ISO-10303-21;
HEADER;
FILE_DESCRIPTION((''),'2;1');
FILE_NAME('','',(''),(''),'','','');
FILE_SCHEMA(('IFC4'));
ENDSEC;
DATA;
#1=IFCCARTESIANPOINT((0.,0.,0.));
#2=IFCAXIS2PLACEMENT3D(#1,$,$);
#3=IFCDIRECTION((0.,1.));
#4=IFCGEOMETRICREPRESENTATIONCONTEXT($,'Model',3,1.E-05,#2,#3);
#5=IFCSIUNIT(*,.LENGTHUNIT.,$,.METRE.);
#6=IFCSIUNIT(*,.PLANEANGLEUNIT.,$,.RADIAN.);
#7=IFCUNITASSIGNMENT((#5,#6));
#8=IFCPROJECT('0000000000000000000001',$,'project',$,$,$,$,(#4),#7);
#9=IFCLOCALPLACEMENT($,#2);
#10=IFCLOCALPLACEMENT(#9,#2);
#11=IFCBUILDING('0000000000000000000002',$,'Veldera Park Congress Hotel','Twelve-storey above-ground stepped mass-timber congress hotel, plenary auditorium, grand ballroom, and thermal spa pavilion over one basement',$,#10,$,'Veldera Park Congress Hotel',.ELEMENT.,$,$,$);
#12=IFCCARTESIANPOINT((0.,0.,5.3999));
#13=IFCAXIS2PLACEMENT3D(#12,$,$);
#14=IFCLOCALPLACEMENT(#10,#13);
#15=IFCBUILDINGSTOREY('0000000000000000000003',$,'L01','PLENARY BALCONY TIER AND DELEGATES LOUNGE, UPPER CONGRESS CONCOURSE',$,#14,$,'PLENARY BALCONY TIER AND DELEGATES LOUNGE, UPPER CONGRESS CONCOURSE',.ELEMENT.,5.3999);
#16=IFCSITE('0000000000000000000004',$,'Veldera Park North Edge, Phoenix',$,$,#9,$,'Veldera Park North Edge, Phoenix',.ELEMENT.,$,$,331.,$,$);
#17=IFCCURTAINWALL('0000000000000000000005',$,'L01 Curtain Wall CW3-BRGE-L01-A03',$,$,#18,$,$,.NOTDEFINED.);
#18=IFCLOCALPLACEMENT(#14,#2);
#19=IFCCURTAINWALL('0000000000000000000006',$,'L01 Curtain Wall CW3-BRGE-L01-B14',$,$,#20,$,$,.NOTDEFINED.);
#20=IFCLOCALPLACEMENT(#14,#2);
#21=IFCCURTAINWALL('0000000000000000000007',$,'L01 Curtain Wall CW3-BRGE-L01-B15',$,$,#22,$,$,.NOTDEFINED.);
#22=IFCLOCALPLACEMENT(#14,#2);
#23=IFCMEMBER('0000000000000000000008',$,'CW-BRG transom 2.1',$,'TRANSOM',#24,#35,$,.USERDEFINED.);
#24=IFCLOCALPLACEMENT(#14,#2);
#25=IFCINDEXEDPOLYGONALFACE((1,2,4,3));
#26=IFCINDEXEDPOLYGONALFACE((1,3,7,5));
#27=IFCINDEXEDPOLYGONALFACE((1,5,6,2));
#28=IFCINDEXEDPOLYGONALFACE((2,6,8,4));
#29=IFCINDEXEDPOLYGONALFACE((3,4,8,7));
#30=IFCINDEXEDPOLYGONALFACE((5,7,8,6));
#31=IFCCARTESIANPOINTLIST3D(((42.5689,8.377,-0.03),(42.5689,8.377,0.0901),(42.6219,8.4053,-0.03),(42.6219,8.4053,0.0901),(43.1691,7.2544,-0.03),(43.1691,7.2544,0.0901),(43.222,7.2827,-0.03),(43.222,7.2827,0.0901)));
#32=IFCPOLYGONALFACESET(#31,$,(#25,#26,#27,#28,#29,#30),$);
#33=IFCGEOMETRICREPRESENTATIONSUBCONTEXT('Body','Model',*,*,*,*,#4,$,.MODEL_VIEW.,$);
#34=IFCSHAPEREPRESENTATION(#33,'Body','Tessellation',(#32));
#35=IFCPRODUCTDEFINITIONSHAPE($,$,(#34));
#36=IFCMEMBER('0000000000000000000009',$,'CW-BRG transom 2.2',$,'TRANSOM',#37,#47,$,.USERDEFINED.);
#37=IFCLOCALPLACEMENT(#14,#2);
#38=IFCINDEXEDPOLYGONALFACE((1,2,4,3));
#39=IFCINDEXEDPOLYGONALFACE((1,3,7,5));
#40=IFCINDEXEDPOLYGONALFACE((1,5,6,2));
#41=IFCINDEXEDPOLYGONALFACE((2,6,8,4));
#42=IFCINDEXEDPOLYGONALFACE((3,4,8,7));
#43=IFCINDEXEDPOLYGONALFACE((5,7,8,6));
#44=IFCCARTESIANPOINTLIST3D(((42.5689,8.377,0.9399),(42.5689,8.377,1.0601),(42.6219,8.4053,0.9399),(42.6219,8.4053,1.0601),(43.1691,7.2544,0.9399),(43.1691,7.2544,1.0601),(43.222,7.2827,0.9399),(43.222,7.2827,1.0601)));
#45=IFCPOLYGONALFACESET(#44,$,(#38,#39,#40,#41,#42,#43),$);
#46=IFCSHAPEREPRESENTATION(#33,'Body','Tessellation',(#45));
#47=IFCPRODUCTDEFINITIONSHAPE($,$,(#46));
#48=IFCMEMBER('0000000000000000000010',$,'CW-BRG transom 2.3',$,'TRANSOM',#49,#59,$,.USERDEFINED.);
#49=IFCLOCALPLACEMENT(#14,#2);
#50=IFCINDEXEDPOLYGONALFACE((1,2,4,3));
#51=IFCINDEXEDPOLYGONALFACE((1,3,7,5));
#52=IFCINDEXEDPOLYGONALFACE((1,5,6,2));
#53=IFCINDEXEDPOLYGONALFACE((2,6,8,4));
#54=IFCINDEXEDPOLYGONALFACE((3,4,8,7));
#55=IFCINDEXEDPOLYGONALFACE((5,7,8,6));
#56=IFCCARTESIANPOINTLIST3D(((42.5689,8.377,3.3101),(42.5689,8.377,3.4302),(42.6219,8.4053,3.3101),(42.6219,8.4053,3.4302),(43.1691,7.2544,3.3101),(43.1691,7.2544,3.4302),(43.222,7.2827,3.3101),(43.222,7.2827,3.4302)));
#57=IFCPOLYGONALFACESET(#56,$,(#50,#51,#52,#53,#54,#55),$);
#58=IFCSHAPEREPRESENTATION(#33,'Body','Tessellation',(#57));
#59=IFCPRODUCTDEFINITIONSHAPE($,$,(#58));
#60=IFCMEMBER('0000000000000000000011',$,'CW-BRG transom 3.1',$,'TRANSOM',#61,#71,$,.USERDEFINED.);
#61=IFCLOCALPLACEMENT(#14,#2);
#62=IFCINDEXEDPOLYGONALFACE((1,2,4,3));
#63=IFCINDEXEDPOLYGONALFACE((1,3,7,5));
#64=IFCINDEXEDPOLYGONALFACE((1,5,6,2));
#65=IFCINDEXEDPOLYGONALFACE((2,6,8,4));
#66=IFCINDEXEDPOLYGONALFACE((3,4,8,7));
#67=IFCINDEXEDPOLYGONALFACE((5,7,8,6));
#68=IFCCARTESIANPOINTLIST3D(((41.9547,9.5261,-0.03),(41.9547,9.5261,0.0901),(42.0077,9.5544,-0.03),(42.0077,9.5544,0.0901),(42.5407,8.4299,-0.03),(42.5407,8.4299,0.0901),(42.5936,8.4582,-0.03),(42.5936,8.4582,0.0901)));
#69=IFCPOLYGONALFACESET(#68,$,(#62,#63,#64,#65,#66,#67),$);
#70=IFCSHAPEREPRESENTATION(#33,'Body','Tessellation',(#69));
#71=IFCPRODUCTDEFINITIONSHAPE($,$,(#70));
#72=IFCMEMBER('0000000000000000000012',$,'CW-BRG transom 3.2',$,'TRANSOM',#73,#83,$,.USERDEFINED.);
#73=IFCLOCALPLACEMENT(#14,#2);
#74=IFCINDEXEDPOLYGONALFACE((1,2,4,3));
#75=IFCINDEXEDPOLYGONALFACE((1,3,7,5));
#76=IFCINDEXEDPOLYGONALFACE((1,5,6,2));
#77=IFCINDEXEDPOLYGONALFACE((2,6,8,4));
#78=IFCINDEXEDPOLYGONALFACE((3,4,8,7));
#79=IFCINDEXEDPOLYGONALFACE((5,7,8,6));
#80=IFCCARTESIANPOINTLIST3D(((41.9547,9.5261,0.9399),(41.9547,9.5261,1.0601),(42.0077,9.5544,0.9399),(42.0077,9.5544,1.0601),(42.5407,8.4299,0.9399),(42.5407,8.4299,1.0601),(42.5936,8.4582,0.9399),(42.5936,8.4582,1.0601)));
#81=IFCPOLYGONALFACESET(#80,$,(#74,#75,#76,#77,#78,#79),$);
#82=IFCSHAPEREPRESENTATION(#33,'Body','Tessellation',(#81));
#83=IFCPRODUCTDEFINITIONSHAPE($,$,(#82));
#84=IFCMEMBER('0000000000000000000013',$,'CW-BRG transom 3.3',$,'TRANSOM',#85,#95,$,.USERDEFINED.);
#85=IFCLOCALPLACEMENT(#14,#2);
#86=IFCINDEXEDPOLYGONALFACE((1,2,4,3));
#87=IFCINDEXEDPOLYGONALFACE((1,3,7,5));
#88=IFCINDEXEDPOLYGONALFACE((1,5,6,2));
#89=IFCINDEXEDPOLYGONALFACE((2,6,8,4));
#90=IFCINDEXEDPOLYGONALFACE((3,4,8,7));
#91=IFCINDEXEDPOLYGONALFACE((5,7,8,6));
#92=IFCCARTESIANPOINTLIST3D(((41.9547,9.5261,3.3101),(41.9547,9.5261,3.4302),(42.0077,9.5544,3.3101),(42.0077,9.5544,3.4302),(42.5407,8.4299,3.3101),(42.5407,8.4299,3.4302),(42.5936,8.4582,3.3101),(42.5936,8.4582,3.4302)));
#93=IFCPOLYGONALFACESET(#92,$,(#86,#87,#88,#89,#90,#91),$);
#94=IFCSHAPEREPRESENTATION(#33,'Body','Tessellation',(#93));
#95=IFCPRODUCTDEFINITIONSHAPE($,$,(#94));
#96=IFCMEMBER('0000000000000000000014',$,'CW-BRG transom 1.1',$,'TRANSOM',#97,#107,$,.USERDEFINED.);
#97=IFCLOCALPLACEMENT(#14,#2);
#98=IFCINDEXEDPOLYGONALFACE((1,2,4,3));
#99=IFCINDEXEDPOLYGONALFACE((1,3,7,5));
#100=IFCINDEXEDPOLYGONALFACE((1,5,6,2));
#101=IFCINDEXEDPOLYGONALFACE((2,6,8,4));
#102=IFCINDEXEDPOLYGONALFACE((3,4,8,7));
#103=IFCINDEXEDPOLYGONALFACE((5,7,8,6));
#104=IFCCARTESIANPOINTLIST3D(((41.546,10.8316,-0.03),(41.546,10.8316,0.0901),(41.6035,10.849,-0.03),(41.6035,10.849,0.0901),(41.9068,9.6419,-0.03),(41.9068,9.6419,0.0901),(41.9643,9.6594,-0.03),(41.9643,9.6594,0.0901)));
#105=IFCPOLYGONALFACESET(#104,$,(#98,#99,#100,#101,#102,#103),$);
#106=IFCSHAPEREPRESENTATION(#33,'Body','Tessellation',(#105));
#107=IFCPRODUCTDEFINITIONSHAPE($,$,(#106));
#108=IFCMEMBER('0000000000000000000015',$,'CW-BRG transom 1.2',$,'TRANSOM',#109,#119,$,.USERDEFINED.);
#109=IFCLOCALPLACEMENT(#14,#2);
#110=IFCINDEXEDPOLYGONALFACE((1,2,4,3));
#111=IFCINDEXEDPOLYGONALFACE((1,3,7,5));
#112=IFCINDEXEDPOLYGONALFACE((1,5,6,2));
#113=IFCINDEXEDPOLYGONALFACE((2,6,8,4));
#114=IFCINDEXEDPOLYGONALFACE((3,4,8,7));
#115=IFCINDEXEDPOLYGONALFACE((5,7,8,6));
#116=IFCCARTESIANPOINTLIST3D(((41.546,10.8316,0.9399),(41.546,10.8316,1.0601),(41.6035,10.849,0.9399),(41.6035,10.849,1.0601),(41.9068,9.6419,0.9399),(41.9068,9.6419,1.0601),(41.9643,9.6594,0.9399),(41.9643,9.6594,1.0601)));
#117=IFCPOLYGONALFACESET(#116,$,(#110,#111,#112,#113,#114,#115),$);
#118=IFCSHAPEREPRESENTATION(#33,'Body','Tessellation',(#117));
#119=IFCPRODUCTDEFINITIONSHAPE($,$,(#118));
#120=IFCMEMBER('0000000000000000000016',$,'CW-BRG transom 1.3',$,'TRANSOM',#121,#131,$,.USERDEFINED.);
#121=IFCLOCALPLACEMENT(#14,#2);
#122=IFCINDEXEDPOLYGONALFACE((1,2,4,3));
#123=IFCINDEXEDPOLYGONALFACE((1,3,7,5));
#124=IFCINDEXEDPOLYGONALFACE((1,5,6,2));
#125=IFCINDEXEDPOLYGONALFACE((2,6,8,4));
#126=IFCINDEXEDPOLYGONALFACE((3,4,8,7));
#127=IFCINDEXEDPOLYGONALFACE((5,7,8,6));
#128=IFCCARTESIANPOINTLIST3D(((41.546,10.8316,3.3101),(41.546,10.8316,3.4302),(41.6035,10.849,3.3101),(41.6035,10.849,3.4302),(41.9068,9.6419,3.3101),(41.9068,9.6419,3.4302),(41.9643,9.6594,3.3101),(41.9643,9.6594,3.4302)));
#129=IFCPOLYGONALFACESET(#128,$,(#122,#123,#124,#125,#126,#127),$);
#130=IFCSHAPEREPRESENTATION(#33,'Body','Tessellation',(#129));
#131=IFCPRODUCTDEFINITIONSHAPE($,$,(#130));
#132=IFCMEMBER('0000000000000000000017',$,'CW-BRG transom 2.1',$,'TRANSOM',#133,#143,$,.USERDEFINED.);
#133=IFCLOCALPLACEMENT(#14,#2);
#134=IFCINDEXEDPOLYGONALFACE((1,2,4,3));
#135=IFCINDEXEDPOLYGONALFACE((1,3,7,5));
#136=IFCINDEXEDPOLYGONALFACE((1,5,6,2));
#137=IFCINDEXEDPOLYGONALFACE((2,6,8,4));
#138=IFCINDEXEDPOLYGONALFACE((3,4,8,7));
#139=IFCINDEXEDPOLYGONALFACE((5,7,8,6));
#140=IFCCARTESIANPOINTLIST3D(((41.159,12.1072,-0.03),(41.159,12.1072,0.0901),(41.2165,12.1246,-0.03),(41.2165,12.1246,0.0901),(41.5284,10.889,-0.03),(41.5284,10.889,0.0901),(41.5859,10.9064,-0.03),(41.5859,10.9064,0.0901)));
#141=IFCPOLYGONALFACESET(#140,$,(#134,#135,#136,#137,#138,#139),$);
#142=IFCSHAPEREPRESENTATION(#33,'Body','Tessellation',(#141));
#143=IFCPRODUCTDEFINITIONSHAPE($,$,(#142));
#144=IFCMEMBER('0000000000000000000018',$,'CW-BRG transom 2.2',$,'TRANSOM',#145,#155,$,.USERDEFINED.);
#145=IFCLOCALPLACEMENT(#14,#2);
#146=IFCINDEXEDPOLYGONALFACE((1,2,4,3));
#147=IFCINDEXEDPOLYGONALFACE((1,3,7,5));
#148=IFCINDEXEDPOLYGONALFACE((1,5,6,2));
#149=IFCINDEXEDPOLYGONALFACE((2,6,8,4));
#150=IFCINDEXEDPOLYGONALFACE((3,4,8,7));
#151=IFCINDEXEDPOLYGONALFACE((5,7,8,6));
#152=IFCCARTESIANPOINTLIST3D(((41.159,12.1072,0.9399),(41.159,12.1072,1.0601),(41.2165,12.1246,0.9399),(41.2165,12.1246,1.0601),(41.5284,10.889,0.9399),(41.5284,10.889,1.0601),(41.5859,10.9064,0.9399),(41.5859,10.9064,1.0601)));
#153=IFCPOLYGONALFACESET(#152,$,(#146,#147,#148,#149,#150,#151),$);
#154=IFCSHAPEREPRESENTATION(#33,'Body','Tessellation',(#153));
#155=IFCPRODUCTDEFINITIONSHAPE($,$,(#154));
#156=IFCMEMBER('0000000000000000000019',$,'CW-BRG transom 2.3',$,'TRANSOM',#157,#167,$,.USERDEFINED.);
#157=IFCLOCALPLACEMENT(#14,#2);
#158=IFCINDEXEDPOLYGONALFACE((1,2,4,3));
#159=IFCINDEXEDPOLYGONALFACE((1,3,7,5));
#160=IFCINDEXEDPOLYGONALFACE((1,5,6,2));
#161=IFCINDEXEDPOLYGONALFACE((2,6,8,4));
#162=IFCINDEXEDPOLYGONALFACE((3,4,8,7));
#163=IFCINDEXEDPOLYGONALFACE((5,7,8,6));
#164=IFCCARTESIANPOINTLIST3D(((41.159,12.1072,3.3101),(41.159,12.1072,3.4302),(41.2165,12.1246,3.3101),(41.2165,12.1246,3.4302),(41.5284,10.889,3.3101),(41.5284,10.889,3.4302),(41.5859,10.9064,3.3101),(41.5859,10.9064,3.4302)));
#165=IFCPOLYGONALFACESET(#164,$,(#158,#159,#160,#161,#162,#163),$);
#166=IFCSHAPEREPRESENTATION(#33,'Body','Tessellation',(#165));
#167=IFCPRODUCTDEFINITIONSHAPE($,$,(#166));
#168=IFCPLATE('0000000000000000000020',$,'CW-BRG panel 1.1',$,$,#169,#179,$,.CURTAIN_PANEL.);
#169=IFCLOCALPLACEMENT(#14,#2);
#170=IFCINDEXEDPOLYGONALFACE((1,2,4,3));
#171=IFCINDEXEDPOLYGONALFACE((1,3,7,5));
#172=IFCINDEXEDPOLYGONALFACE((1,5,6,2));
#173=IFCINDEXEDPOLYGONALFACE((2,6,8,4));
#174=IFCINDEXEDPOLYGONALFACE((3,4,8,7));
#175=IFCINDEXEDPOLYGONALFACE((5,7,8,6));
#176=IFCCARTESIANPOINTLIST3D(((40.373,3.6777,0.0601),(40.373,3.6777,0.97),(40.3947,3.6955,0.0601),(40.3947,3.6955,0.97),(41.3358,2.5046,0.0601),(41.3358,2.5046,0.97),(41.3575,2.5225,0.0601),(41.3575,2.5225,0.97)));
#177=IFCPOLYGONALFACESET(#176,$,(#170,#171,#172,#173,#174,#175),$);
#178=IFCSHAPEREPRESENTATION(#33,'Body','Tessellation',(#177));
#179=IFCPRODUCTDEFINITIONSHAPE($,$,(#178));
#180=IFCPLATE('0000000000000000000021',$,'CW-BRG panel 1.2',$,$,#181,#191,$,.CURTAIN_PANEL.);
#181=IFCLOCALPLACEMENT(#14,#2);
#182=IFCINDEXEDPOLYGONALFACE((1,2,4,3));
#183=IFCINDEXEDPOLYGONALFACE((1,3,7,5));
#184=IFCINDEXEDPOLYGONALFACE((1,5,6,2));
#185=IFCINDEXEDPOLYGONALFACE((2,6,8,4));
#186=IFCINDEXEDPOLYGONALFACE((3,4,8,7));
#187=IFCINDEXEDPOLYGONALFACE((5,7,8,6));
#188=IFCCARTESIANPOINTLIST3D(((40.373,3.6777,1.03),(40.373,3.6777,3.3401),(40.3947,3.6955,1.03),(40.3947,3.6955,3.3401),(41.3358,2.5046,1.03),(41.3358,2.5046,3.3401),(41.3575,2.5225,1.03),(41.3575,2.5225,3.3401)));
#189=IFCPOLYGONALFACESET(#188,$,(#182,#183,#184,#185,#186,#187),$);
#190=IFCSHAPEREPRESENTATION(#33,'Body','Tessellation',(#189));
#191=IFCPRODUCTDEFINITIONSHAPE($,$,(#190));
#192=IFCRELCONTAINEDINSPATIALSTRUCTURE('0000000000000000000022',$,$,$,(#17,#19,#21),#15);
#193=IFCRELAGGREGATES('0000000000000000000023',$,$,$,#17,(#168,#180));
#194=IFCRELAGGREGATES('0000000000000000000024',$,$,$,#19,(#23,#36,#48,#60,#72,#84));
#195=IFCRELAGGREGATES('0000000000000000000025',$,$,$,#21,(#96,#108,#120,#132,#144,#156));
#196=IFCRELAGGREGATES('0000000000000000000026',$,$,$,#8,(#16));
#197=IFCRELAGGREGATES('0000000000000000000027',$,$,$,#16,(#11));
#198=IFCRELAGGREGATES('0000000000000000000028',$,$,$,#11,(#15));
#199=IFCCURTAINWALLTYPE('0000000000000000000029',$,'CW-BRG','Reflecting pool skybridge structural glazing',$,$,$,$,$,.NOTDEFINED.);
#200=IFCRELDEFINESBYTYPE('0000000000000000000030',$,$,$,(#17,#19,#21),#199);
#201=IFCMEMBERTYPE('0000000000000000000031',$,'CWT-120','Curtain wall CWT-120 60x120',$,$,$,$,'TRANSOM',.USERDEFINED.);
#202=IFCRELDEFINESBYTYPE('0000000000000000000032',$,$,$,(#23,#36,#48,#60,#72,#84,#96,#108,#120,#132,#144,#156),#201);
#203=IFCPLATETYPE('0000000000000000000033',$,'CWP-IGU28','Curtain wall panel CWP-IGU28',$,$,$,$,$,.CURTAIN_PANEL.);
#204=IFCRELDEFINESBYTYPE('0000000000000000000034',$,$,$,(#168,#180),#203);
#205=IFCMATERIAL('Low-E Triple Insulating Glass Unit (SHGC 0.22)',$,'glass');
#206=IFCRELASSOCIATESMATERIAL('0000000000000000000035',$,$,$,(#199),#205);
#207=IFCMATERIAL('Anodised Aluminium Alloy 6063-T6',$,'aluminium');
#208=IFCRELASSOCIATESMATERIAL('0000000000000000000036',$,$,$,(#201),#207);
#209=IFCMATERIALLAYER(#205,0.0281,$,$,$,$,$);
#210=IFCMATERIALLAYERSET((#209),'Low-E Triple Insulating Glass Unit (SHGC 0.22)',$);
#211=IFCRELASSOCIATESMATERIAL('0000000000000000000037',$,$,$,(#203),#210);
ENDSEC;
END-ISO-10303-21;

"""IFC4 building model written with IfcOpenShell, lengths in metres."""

from ifc_helpers import new_model, si_unit, direction, frame, origin, origin_2d, place, context, subcontext, project, spatial, rectangle, extrude, material, layer, layer_set, material_profile, profile_set, type_object, element, aggregate, save


model = new_model("IFC4")

# Units and contexts
model_context = context("Model", 3, precision=1e-05, world=origin(), true_north=direction((0.0, 1.0)))
body_context = subcontext(model_context, "Body", "Model", "MODEL_VIEW")
ifc_project = project(units=[si_unit("LENGTHUNIT", "METRE"), si_unit("PLANEANGLEUNIT", "RADIAN")], contexts=[model_context])

# Site, building, storey
site_placement = place(None, origin())
site = spatial("IfcSite", under=ifc_project, at=site_placement, Name="Veldera Park North Edge, Phoenix", LongName="Veldera Park North Edge, Phoenix", CompositionType="ELEMENT", RefElevation=331.0)
building_placement = place(site_placement, origin())
building = spatial("IfcBuilding", under=site, at=building_placement, Name="Veldera Park Congress Hotel", Description="Twelve-storey above-ground stepped mass-timber congress hotel, plenary auditorium, grand ballroom, and thermal spa pavilion over one basement", LongName="Veldera Park Congress Hotel", CompositionType="ELEMENT")
storey_placement = place(building_placement, frame((0.0, 0.0, 5.3999)))
storey = spatial("IfcBuildingStorey", under=building, at=storey_placement, Name="L01", Description="PLENARY BALCONY TIER AND DELEGATES LOUNGE, UPPER CONGRESS CONCOURSE", LongName="PLENARY BALCONY TIER AND DELEGATES LOUNGE, UPPER CONGRESS CONCOURSE", CompositionType="ELEMENT", Elevation=5.3999)

# Curtain walls
ifc_material_1 = material(Name="Low-E Triple Insulating Glass Unit (SHGC 0.22)", Category="glass")
curtain_wall_type = type_object("IfcCurtainWallType", Name="CW-BRG", Description="Reflecting pool skybridge structural glazing", PredefinedType="NOTDEFINED", material=ifc_material_1)
curtain_wall_1_placement = place(storey_placement, origin())
curtain_wall_1 = element("IfcCurtainWall", 1, at=curtain_wall_1_placement, inside=storey, type_object=curtain_wall_type, Name="L01 Curtain Wall CW3-BRGE-L01-A03", PredefinedType="NOTDEFINED")
ifc_material_2 = material(Name="Anodised Aluminium Alloy 6063-T6", Category="aluminium")
curtain_wall_2_placement = place(storey_placement, origin())
curtain_wall_2 = element("IfcCurtainWall", 2, at=curtain_wall_2_placement, inside=storey, type_object=curtain_wall_type, Name="L01 Curtain Wall CW3-BRGE-L01-B14", PredefinedType="NOTDEFINED")
curtain_wall_3_placement = place(storey_placement, origin())
curtain_wall_3 = element("IfcCurtainWall", 3, at=curtain_wall_3_placement, inside=storey, type_object=curtain_wall_type, Name="L01 Curtain Wall CW3-BRGE-L01-B15", PredefinedType="NOTDEFINED")

# Members
ifc_material_profile_1 = material_profile(ifc_material_2, rectangle(XDim=0.0601, YDim=0.1201, at=origin_2d()), Name="ALU 60x120")
ifc_profile_set_1 = profile_set([ifc_material_profile_1], Name="Anodised Aluminium Alloy 6063-T6")
member_type_1 = type_object("IfcMemberType", Name="CWT-120", Description="Curtain wall CWT-120 60x120", ElementType="TRANSOM", PredefinedType="USERDEFINED", material=ifc_profile_set_1)
member_1_placement = place(storey_placement, frame((43.1956, 7.2686, 0.03), z_axis=(-0.471444, 0.881896, 0.0), x_axis=(-0.881896, -0.471444, 0.0)))
member_1 = element("IfcMember", 4, at=member_1_placement, type_object=member_type_1, Name="CW-BRG transom 2.1", ObjectType="TRANSOM", PredefinedType="USERDEFINED", context=body_context, shape_type="SweptSolid", body=[
    extrude(rectangle(XDim=0.0601, YDim=0.1201, at=origin_2d()), origin(), (0.0, 0.0, 1.0), 1.2729),
])
member_2_placement = place(storey_placement, frame((43.1956, 7.2686, 1.0), z_axis=(-0.471444, 0.881896, 0.0), x_axis=(-0.881896, -0.471444, 0.0)))
member_2 = element("IfcMember", 5, at=member_2_placement, type_object=member_type_1, Name="CW-BRG transom 2.2", ObjectType="TRANSOM", PredefinedType="USERDEFINED", context=body_context, shape_type="SweptSolid", body=[
    extrude(rectangle(XDim=0.0601, YDim=0.1201, at=origin_2d()), origin(), (0.0, 0.0, 1.0), 1.2729),
])
member_3_placement = place(storey_placement, frame((43.1956, 7.2686, 3.3701), z_axis=(-0.471444, 0.881896, 0.0), x_axis=(-0.881896, -0.471444, 0.0)))
member_3 = element("IfcMember", 6, at=member_3_placement, type_object=member_type_1, Name="CW-BRG transom 2.3", ObjectType="TRANSOM", PredefinedType="USERDEFINED", context=body_context, shape_type="SweptSolid", body=[
    extrude(rectangle(XDim=0.0601, YDim=0.1201, at=origin_2d()), origin(), (0.0, 0.0, 1.0), 1.2729),
])
member_4_placement = place(storey_placement, frame((42.5671, 8.4441, 0.03), z_axis=(-0.471404, 0.881918, 0.0), x_axis=(-0.881918, -0.471404, 0.0)))
member_4 = element("IfcMember", 7, at=member_4_placement, type_object=member_type_1, Name="CW-BRG transom 3.1", ObjectType="TRANSOM", PredefinedType="USERDEFINED", context=body_context, shape_type="SweptSolid", body=[
    extrude(rectangle(XDim=0.0601, YDim=0.1201, at=origin_2d()), origin(), (0.0, 0.0, 1.0), 1.2429),
])
member_5_placement = place(storey_placement, frame((42.5671, 8.4441, 1.0), z_axis=(-0.471404, 0.881918, 0.0), x_axis=(-0.881918, -0.471404, 0.0)))
member_5 = element("IfcMember", 8, at=member_5_placement, type_object=member_type_1, Name="CW-BRG transom 3.2", ObjectType="TRANSOM", PredefinedType="USERDEFINED", context=body_context, shape_type="SweptSolid", body=[
    extrude(rectangle(XDim=0.0601, YDim=0.1201, at=origin_2d()), origin(), (0.0, 0.0, 1.0), 1.2429),
])
member_6_placement = place(storey_placement, frame((42.5671, 8.4441, 3.3701), z_axis=(-0.471404, 0.881918, 0.0), x_axis=(-0.881918, -0.471404, 0.0)))
member_6 = element("IfcMember", 9, at=member_6_placement, type_object=member_type_1, Name="CW-BRG transom 3.3", ObjectType="TRANSOM", PredefinedType="USERDEFINED", context=body_context, shape_type="SweptSolid", body=[
    extrude(rectangle(XDim=0.0601, YDim=0.1201, at=origin_2d()), origin(), (0.0, 0.0, 1.0), 1.2429),
])
member_7_placement = place(storey_placement, frame((41.9355, 9.6506, 0.03), z_axis=(-0.290247, 0.956952, 0.0), x_axis=(-0.956952, -0.290247, 0.0)))
member_7 = element("IfcMember", 10, at=member_7_placement, type_object=member_type_1, Name="CW-BRG transom 1.1", ObjectType="TRANSOM", PredefinedType="USERDEFINED", context=body_context, shape_type="SweptSolid", body=[
    extrude(rectangle(XDim=0.0601, YDim=0.1201, at=origin_2d()), origin(), (0.0, 0.0, 1.0), 1.2432),
])
member_8_placement = place(storey_placement, frame((41.9355, 9.6506, 1.0), z_axis=(-0.290247, 0.956952, 0.0), x_axis=(-0.956952, -0.290247, 0.0)))
member_8 = element("IfcMember", 11, at=member_8_placement, type_object=member_type_1, Name="CW-BRG transom 1.2", ObjectType="TRANSOM", PredefinedType="USERDEFINED", context=body_context, shape_type="SweptSolid", body=[
    extrude(rectangle(XDim=0.0601, YDim=0.1201, at=origin_2d()), origin(), (0.0, 0.0, 1.0), 1.2432),
])
member_9_placement = place(storey_placement, frame((41.9355, 9.6506, 3.3701), z_axis=(-0.290247, 0.956952, 0.0), x_axis=(-0.956952, -0.290247, 0.0)))
member_9 = element("IfcMember", 12, at=member_9_placement, type_object=member_type_1, Name="CW-BRG transom 1.3", ObjectType="TRANSOM", PredefinedType="USERDEFINED", context=body_context, shape_type="SweptSolid", body=[
    extrude(rectangle(XDim=0.0601, YDim=0.1201, at=origin_2d()), origin(), (0.0, 0.0, 1.0), 1.2432),
])
member_10_placement = place(storey_placement, frame((41.5571, 10.8977, 0.03), z_axis=(-0.290162, 0.956978, 0.0), x_axis=(-0.956978, -0.290162, 0.0)))
member_10 = element("IfcMember", 13, at=member_10_placement, type_object=member_type_1, Name="CW-BRG transom 2.1", ObjectType="TRANSOM", PredefinedType="USERDEFINED", context=body_context, shape_type="SweptSolid", body=[
    extrude(rectangle(XDim=0.0601, YDim=0.1201, at=origin_2d()), origin(), (0.0, 0.0, 1.0), 1.2729),
])
member_11_placement = place(storey_placement, frame((41.5571, 10.8977, 1.0), z_axis=(-0.290162, 0.956978, 0.0), x_axis=(-0.956978, -0.290162, 0.0)))
member_11 = element("IfcMember", 14, at=member_11_placement, type_object=member_type_1, Name="CW-BRG transom 2.2", ObjectType="TRANSOM", PredefinedType="USERDEFINED", context=body_context, shape_type="SweptSolid", body=[
    extrude(rectangle(XDim=0.0601, YDim=0.1201, at=origin_2d()), origin(), (0.0, 0.0, 1.0), 1.2729),
])
member_12_placement = place(storey_placement, frame((41.5571, 10.8977, 3.3701), z_axis=(-0.290162, 0.956978, 0.0), x_axis=(-0.956978, -0.290162, 0.0)))
member_12 = element("IfcMember", 15, at=member_12_placement, type_object=member_type_1, Name="CW-BRG transom 2.3", ObjectType="TRANSOM", PredefinedType="USERDEFINED", context=body_context, shape_type="SweptSolid", body=[
    extrude(rectangle(XDim=0.0601, YDim=0.1201, at=origin_2d()), origin(), (0.0, 0.0, 1.0), 1.2729),
])

# Plates
ifc_layer = layer(ifc_material_1, 0.0281)
ifc_layer_set = layer_set([ifc_layer], Name="Low-E Triple Insulating Glass Unit (SHGC 0.22)")
plate_type = type_object("IfcPlateType", Name="CWP-IGU28", Description="Curtain wall panel CWP-IGU28", PredefinedType="CURTAIN_PANEL", material=ifc_layer_set)
plate_1_placement = place(storey_placement, frame((40.8652, 3.1001, 0.0601), z_axis=(0.0, 0.0, 1.0), x_axis=(0.634402, -0.773003, 0.0)))
plate_1 = element("IfcPlate", 16, at=plate_1_placement, type_object=plate_type, Name="CW-BRG panel 1.1", PredefinedType="CURTAIN_PANEL", context=body_context, shape_type="SweptSolid", body=[
    extrude(rectangle(XDim=1.5176, YDim=0.0281, at=origin_2d()), origin(), (0.0, 0.0, 1.0), 0.9099),
])
plate_2_placement = place(storey_placement, frame((40.8652, 3.1001, 1.03), z_axis=(0.0, 0.0, 1.0), x_axis=(0.634402, -0.773003, 0.0)))
plate_2 = element("IfcPlate", 17, at=plate_2_placement, type_object=plate_type, Name="CW-BRG panel 1.2", PredefinedType="CURTAIN_PANEL", context=body_context, shape_type="SweptSolid", body=[
    extrude(rectangle(XDim=1.5176, YDim=0.0281, at=origin_2d()), origin(), (0.0, 0.0, 1.0), 2.3101),
])
aggregate(curtain_wall_1, [plate_1, plate_2])
aggregate(curtain_wall_2, [member_1, member_2, member_3, member_4, member_5, member_6])
aggregate(curtain_wall_3, [member_7, member_8, member_9, member_10, member_11, member_12])

save(model, "model.ifc")
